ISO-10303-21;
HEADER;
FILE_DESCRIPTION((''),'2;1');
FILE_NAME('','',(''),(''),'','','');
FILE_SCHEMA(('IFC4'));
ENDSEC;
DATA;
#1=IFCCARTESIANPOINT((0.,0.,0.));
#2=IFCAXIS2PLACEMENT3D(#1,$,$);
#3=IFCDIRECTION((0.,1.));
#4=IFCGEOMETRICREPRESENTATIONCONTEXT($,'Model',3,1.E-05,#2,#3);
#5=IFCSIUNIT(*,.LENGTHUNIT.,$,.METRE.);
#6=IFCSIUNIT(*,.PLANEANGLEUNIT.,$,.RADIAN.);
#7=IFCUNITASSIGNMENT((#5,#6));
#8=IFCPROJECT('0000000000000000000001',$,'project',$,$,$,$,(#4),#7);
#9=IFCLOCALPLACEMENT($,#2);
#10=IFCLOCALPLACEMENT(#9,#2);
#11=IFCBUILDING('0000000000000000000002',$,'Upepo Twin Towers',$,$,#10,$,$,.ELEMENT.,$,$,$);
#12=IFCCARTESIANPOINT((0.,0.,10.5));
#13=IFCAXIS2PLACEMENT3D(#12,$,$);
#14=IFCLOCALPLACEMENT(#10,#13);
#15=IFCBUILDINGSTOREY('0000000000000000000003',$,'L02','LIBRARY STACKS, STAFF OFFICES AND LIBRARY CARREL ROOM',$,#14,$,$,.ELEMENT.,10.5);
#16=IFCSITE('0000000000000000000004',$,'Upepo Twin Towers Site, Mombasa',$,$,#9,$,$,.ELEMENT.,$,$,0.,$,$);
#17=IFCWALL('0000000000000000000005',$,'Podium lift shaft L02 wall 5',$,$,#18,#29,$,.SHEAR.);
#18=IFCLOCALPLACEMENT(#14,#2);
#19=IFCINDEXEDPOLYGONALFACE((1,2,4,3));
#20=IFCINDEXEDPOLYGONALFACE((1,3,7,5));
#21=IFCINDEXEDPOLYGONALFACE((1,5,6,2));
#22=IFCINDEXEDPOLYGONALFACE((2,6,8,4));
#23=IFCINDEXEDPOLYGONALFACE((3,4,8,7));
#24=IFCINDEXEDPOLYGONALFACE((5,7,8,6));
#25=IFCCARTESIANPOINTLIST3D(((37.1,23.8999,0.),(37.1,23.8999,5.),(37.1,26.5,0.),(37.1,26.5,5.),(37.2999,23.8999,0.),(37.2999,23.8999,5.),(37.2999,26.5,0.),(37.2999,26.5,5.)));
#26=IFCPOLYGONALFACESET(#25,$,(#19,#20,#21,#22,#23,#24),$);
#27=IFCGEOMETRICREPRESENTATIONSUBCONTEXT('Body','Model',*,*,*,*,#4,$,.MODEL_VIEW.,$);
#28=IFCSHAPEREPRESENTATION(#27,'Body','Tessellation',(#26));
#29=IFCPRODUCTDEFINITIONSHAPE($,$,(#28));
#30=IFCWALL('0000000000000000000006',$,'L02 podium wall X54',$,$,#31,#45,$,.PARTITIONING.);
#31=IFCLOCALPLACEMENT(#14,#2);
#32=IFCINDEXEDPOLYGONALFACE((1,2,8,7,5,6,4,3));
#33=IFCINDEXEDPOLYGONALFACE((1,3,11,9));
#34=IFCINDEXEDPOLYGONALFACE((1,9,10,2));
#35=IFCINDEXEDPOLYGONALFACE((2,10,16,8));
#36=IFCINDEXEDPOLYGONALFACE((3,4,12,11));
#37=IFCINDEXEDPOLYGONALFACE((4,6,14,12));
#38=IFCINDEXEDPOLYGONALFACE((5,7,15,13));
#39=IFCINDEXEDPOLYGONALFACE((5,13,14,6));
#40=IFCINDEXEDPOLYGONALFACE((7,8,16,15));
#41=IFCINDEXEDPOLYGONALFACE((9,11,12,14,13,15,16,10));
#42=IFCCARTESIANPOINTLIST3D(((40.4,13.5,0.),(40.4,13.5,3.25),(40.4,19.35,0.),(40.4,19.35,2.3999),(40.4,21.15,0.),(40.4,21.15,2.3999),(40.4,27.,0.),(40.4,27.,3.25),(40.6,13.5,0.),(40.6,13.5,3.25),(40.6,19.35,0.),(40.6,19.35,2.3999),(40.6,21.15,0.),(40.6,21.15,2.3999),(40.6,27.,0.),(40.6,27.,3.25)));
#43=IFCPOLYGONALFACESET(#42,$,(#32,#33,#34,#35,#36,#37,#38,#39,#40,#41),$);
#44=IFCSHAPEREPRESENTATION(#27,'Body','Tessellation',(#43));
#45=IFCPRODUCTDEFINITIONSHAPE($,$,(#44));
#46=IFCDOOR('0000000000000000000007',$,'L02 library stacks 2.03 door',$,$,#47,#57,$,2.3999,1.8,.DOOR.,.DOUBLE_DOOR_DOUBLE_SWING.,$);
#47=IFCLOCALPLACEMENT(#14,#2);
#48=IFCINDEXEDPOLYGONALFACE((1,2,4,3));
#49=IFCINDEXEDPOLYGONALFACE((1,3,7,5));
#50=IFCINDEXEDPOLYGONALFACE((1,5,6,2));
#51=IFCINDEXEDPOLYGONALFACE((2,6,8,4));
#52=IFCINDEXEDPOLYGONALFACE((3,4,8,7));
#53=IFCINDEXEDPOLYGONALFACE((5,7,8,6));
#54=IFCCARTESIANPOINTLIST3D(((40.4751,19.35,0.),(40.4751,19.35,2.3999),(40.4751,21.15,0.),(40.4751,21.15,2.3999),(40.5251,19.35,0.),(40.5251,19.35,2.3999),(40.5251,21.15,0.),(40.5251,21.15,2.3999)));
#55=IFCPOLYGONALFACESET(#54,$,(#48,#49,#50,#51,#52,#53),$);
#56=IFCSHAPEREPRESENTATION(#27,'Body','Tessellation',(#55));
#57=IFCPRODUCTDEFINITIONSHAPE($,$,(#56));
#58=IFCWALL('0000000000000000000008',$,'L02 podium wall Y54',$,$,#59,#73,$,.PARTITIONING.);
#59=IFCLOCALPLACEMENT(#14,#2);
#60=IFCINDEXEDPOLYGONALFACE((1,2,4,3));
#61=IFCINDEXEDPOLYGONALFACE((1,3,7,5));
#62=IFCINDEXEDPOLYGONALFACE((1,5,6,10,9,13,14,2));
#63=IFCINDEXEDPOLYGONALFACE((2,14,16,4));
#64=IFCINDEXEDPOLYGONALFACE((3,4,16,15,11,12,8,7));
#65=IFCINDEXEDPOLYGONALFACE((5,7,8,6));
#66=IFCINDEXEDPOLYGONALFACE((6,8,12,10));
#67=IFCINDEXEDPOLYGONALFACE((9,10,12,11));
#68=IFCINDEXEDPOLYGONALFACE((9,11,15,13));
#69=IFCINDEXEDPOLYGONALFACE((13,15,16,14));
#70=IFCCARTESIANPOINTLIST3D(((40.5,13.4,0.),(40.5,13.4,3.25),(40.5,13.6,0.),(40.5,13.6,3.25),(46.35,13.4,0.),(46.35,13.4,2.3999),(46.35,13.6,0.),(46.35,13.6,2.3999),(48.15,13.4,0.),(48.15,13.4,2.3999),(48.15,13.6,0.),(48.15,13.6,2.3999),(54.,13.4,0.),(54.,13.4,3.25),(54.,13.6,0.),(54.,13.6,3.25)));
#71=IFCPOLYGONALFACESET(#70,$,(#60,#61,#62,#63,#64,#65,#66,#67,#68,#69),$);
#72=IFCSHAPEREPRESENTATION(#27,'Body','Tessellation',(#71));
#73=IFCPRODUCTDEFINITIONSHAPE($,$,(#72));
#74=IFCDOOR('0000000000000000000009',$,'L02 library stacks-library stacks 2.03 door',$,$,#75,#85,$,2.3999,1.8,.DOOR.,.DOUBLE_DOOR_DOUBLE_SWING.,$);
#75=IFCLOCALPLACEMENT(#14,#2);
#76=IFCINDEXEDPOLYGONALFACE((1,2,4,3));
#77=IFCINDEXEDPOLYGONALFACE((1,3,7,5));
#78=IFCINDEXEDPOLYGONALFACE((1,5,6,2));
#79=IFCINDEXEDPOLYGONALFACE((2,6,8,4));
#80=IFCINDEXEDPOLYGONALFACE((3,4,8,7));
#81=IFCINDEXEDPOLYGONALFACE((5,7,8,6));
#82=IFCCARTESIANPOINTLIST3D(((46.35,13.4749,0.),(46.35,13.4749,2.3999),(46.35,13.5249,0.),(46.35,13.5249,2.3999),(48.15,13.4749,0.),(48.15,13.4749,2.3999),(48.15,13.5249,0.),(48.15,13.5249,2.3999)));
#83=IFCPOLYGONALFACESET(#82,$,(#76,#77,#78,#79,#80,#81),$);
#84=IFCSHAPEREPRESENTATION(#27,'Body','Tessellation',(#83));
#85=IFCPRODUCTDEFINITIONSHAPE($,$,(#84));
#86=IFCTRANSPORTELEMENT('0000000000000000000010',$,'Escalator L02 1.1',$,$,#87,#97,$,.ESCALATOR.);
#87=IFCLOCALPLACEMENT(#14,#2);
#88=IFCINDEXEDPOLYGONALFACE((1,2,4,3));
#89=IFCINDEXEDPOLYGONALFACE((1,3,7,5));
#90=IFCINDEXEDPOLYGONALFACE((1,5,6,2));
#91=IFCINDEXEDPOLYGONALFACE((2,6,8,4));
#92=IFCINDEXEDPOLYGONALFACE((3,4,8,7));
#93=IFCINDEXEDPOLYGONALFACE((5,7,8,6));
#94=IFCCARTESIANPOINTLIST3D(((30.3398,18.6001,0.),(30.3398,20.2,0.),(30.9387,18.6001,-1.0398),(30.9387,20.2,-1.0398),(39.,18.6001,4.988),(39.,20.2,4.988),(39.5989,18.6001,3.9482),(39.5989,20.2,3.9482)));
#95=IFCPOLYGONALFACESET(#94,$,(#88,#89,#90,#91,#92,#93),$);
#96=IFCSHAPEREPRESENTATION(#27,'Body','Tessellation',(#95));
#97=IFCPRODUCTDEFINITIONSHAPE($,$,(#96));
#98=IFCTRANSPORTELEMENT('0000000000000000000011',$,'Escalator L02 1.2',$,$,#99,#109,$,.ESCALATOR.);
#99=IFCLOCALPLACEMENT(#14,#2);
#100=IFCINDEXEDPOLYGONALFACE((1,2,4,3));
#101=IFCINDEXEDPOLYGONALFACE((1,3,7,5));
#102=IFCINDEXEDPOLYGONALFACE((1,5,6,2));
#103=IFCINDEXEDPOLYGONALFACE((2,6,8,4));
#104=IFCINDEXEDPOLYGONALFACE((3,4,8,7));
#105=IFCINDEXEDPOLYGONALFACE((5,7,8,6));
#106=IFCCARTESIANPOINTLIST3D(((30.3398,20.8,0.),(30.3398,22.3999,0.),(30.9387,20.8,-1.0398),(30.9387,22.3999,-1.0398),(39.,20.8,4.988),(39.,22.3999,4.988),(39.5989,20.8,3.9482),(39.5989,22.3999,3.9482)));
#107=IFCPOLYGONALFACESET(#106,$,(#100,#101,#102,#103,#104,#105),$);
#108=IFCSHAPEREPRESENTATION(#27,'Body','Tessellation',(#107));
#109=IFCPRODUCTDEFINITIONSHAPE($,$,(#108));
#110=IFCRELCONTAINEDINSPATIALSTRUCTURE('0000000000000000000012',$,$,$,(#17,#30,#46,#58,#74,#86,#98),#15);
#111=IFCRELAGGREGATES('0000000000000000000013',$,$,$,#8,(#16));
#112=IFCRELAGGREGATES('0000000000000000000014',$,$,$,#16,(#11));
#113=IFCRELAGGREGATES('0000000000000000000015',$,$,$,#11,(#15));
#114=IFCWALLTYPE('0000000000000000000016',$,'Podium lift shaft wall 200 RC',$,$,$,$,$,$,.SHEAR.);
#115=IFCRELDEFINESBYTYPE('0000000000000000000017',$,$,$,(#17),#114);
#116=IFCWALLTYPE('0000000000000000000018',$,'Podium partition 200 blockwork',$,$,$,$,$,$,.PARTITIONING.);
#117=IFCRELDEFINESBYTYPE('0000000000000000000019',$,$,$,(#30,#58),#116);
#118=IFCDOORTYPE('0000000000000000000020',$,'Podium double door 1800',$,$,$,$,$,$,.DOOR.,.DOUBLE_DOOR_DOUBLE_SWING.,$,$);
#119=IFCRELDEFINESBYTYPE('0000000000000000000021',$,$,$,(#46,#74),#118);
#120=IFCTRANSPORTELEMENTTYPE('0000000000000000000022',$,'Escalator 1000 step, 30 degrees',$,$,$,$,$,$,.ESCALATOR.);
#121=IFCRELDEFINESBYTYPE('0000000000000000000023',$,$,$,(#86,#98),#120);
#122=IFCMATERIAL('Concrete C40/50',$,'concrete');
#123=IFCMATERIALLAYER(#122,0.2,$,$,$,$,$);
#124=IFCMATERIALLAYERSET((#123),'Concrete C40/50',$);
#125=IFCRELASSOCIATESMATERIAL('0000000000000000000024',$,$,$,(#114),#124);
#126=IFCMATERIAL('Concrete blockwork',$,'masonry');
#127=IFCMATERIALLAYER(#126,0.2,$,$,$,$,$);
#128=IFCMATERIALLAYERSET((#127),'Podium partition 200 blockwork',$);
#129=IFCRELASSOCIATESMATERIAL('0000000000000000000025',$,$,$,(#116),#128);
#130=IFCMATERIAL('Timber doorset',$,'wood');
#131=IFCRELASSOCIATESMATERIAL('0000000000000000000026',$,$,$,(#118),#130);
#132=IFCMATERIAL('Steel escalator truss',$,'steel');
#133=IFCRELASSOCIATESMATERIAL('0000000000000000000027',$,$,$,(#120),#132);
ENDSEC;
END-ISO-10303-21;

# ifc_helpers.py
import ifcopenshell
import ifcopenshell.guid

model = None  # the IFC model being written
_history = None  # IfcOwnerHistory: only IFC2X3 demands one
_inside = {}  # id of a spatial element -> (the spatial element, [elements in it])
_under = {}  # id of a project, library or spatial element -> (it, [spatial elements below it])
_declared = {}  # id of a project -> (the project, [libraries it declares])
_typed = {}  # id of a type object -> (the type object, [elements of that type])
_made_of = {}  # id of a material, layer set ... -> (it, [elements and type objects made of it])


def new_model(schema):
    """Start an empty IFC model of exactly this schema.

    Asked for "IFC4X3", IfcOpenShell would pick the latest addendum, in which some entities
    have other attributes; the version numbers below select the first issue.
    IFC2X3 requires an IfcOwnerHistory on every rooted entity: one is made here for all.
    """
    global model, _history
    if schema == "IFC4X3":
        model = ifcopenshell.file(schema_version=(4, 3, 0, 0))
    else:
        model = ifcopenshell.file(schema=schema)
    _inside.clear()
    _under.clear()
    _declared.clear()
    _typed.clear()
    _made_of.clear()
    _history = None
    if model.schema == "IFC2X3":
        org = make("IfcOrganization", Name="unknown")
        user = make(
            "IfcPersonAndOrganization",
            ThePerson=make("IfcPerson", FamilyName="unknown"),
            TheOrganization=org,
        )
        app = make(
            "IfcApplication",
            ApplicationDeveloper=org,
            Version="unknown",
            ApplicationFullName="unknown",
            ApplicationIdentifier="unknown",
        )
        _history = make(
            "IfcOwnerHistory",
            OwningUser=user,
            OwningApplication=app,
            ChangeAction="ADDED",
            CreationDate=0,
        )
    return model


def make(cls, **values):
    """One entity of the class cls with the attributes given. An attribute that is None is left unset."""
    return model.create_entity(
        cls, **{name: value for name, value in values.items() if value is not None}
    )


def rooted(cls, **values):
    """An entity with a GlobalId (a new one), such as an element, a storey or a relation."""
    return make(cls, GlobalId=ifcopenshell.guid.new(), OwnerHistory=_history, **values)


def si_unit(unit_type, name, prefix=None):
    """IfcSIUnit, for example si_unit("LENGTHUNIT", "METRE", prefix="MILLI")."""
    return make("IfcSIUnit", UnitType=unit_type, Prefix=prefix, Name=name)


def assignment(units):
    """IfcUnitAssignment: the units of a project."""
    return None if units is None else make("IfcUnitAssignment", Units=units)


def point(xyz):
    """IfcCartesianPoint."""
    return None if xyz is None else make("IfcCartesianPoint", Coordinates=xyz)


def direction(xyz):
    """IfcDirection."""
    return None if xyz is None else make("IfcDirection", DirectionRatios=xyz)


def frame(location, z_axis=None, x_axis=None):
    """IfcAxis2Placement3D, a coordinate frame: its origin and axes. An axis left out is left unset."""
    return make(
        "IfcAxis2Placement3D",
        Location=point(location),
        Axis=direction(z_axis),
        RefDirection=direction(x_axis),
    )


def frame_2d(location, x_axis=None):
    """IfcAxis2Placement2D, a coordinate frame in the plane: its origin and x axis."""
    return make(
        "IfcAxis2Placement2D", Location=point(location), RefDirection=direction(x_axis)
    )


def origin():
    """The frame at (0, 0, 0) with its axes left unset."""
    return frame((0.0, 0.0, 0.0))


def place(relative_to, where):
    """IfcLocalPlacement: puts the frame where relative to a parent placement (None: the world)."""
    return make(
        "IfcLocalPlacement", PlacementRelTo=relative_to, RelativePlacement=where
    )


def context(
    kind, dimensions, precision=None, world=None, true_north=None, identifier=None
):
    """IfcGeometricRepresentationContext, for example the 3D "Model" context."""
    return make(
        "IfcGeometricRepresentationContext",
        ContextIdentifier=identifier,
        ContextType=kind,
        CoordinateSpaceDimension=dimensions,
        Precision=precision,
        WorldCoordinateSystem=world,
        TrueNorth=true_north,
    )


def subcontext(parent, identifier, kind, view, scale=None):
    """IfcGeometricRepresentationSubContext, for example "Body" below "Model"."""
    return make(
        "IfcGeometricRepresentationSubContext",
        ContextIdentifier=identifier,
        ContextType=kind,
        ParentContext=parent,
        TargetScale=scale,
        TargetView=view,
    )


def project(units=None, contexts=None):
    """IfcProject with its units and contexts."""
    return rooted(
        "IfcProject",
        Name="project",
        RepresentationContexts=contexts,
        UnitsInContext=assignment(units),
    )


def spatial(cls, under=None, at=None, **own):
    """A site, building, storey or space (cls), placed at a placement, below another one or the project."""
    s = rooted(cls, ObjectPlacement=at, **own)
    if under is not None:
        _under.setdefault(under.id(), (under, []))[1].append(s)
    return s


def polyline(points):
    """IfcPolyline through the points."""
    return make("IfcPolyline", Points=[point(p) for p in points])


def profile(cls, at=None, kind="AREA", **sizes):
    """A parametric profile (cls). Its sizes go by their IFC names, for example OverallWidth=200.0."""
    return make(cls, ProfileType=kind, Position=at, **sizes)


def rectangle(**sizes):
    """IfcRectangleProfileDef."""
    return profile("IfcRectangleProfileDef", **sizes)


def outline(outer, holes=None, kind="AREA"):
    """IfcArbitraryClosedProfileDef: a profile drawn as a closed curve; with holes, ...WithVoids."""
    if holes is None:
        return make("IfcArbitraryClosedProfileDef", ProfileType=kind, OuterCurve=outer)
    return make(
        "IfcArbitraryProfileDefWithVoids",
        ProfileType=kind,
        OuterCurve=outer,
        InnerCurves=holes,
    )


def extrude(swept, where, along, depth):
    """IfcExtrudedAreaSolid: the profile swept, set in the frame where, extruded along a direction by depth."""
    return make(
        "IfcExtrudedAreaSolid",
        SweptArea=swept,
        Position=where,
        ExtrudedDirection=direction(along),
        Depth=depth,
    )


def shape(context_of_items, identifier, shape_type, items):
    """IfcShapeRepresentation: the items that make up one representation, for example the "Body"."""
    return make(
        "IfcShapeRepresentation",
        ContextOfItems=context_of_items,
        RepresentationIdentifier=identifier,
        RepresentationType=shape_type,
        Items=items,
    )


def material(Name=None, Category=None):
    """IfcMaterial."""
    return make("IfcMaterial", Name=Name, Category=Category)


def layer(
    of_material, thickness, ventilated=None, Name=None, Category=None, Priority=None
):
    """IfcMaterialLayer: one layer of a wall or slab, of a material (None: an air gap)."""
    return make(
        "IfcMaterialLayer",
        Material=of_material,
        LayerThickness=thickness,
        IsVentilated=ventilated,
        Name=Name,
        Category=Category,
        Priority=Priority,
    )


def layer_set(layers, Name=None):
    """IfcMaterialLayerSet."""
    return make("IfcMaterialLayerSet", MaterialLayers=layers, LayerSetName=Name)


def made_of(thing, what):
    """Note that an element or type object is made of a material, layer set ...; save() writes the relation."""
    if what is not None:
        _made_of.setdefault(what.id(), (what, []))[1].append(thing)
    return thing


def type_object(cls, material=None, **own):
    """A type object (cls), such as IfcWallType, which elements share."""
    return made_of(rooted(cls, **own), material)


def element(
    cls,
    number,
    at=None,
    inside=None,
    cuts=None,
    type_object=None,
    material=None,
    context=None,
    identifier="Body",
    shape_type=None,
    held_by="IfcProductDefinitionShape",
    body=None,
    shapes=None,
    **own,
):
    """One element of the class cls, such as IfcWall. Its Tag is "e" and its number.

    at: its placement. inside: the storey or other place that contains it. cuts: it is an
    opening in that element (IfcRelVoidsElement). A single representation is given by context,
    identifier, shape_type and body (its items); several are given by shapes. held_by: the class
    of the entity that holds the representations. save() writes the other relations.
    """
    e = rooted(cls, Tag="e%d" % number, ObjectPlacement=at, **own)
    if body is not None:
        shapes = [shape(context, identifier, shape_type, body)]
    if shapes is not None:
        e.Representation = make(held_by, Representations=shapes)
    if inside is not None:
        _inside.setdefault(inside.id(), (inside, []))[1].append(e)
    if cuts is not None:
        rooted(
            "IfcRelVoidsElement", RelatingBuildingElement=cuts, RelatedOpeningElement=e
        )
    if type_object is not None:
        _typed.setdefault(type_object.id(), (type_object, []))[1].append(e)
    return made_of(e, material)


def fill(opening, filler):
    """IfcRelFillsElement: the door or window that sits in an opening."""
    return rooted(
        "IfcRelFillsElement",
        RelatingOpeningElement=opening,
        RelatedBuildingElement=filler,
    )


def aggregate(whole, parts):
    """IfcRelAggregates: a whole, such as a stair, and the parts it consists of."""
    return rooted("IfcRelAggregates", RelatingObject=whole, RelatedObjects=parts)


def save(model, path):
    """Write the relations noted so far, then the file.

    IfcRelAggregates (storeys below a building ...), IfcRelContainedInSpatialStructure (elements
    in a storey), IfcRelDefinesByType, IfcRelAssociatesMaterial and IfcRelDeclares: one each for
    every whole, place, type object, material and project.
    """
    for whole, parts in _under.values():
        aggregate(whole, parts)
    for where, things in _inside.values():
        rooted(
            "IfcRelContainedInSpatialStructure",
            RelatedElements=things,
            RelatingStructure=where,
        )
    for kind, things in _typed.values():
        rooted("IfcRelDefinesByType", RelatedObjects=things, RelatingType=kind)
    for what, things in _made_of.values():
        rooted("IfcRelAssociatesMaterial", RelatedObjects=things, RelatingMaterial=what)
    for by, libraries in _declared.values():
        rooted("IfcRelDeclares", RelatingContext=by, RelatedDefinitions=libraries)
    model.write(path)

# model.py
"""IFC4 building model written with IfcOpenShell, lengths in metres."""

from ifc_helpers import new_model, si_unit, direction, frame, frame_2d, origin, place, context, subcontext, project, spatial, polyline, rectangle, outline, extrude, material, layer, layer_set, type_object, element, fill, save


model = new_model("IFC4")

# Units and contexts
model_context = context("Model", 3, precision=1e-05, world=origin(), true_north=direction((0.0, 1.0)))
body_context = subcontext(model_context, "Body", "Model", "MODEL_VIEW")
ifc_project = project(units=[si_unit("LENGTHUNIT", "METRE"), si_unit("PLANEANGLEUNIT", "RADIAN")], contexts=[model_context])

# Site, building, storey
site_placement = place(None, origin())
site = spatial("IfcSite", under=ifc_project, at=site_placement, Name="Upepo Twin Towers Site, Mombasa", CompositionType="ELEMENT", RefElevation=0.0)
building_placement = place(site_placement, origin())
building = spatial("IfcBuilding", under=site, at=building_placement, Name="Upepo Twin Towers", CompositionType="ELEMENT")
storey_placement = place(building_placement, frame((0.0, 0.0, 10.5)))
storey = spatial("IfcBuildingStorey", under=building, at=storey_placement, Name="L02", Description="LIBRARY STACKS, STAFF OFFICES AND LIBRARY CARREL ROOM", CompositionType="ELEMENT", Elevation=10.5)

# Shared definitions
ifc_material_1 = material(Name="Concrete C40/50", Category="concrete")
ifc_layer_1 = layer(ifc_material_1, 0.2)
ifc_layer_set_1 = layer_set([ifc_layer_1], Name="Concrete C40/50")
wall_type_1 = type_object("IfcWallType", Name="Podium lift shaft wall 200 RC", PredefinedType="SHEAR", material=ifc_layer_set_1)

# Wall
for number, where, z_axis, x_axis, name in (
    (1, (37.2, 23.8999, 0.0), (0.0, 0.0, 1.0), (0.0, 1.0, 0.0), "Podium lift shaft L02 wall 5"),
):
    element("IfcWall", number, at=place(storey_placement, frame(where, z_axis=z_axis, x_axis=x_axis)), inside=storey, type_object=wall_type_1, Name=name, PredefinedType="SHEAR", context=body_context, shape_type="SweptSolid", body=[
        extrude(rectangle(XDim=2.6001, YDim=0.2, at=frame_2d((1.3, 0.0))), origin(), (0.0, 0.0, 1.0), 5.0),
    ])

# Walls, openings, doors
ifc_material_2 = material(Name="Concrete blockwork", Category="masonry")
ifc_layer_2 = layer(ifc_material_2, 0.2)
ifc_layer_set_2 = layer_set([ifc_layer_2], Name="Podium partition 200 blockwork")
wall_type_2 = type_object("IfcWallType", Name="Podium partition 200 blockwork", PredefinedType="PARTITIONING", material=ifc_layer_set_2)
wall_1_placement = place(storey_placement, frame((40.5, 13.5, 0.0), z_axis=(0.0, 0.0, 1.0), x_axis=(0.0, 1.0, 0.0)))
wall_1 = element("IfcWall", 2, at=wall_1_placement, inside=storey, type_object=wall_type_2, Name="L02 podium wall X54", PredefinedType="PARTITIONING", context=body_context, shape_type="SweptSolid", body=[
    extrude(rectangle(XDim=13.5, YDim=0.2, at=frame_2d((6.75, 0.0))), origin(), (0.0, 0.0, 1.0), 3.25),
])
opening_1_placement = place(wall_1_placement, frame((5.8501, 0.0, 0.0)))
opening_1 = element("IfcOpeningElement", 3, at=opening_1_placement, cuts=wall_1, PredefinedType="OPENING", context=body_context, shape_type="SweptSolid", body=[
    extrude(rectangle(XDim=1.8, YDim=2.3999, at=frame_2d((0.8999, 1.2))), frame((0.0, 0.1099, 0.0), z_axis=(0.0, -1.0, 0.0), x_axis=(1.0, 0.0, 0.0)), (0.0, 0.0, 1.0), 0.22),
])
ifc_material_3 = material(Name="Timber doorset", Category="wood")
door_type_1 = type_object("IfcDoorType", Name="Podium double door 1800", OperationType="DOUBLE_DOOR_DOUBLE_SWING", PredefinedType="DOOR", material=ifc_material_3)
door_1_placement = place(opening_1_placement, origin())
door_1 = element("IfcDoor", 4, at=door_1_placement, inside=storey, type_object=door_type_1, Name="L02 library stacks 2.03 door", OperationType="DOUBLE_DOOR_DOUBLE_SWING", OverallHeight=2.3999, OverallWidth=1.8, PredefinedType="DOOR", context=body_context, shape_type="SweptSolid", body=[
    extrude(rectangle(XDim=1.8, YDim=2.3999, at=frame_2d((0.8999, 1.2))), frame((0.0, 0.0249, 0.0), z_axis=(0.0, -1.0, 0.0), x_axis=(1.0, 0.0, 0.0)), (0.0, 0.0, 1.0), 0.05),
])
fill(opening_1, door_1)
wall_2_placement = place(storey_placement, frame((40.5, 13.5, 0.0), z_axis=(0.0, 0.0, 1.0), x_axis=(1.0, 0.0, 0.0)))
wall_2 = element("IfcWall", 5, at=wall_2_placement, inside=storey, type_object=wall_type_2, Name="L02 podium wall Y54", PredefinedType="PARTITIONING", context=body_context, shape_type="SweptSolid", body=[
    extrude(rectangle(XDim=13.5, YDim=0.2, at=frame_2d((6.75, 0.0))), origin(), (0.0, 0.0, 1.0), 3.25),
])
opening_2_placement = place(wall_2_placement, frame((5.8501, 0.0, 0.0)))
opening_2 = element("IfcOpeningElement", 6, at=opening_2_placement, cuts=wall_2, PredefinedType="OPENING", context=body_context, shape_type="SweptSolid", body=[
    extrude(rectangle(XDim=1.8, YDim=2.3999, at=frame_2d((0.8999, 1.2))), frame((0.0, 0.1099, 0.0), z_axis=(0.0, -1.0, 0.0), x_axis=(1.0, 0.0, 0.0)), (0.0, 0.0, 1.0), 0.22),
])
door_2_placement = place(opening_2_placement, origin())
door_2 = element("IfcDoor", 7, at=door_2_placement, inside=storey, type_object=door_type_1, Name="L02 library stacks-library stacks 2.03 door", OperationType="DOUBLE_DOOR_DOUBLE_SWING", OverallHeight=2.3999, OverallWidth=1.8, PredefinedType="DOOR", context=body_context, shape_type="SweptSolid", body=[
    extrude(rectangle(XDim=1.8, YDim=2.3999, at=frame_2d((0.8999, 1.2))), frame((0.0, 0.0249, 0.0), z_axis=(0.0, -1.0, 0.0), x_axis=(1.0, 0.0, 0.0)), (0.0, 0.0, 1.0), 0.05),
])
fill(opening_2, door_2)

# Transport elements
ifc_material_4 = material(Name="Steel escalator truss", Category="steel")
transport_element_type = type_object("IfcTransportElementType", Name="Escalator 1000 step, 30 degrees", PredefinedType="ESCALATOR", material=ifc_material_4)
for number, where, z_axis, x_axis, name in (
    (8, (30.3398, 18.6001, 0.0), (-0.499106, 0.0, 0.866541), (0.866541, 0.0, 0.499106), "Escalator L02 1.1"),
    (9, (30.3398, 20.8, 0.0), (-0.499106, 0.0, 0.866541), (0.866541, 0.0, 0.499106), "Escalator L02 1.2"),
):
    element("IfcTransportElement", number, at=place(storey_placement, frame(where, z_axis=z_axis, x_axis=x_axis)), inside=storey, type_object=transport_element_type, Name=name, PredefinedType="ESCALATOR", context=body_context, shape_type="SweptSolid", body=[
        extrude(outline(polyline([(0.0, 0.0), (9.9939, 0.0), (9.9939, 1.5999), (0.0, 1.5999), (0.0, 0.0)])), origin(), (0.0, 0.0, -1.0), 1.2),
    ])

save(model, "model.ifc")
